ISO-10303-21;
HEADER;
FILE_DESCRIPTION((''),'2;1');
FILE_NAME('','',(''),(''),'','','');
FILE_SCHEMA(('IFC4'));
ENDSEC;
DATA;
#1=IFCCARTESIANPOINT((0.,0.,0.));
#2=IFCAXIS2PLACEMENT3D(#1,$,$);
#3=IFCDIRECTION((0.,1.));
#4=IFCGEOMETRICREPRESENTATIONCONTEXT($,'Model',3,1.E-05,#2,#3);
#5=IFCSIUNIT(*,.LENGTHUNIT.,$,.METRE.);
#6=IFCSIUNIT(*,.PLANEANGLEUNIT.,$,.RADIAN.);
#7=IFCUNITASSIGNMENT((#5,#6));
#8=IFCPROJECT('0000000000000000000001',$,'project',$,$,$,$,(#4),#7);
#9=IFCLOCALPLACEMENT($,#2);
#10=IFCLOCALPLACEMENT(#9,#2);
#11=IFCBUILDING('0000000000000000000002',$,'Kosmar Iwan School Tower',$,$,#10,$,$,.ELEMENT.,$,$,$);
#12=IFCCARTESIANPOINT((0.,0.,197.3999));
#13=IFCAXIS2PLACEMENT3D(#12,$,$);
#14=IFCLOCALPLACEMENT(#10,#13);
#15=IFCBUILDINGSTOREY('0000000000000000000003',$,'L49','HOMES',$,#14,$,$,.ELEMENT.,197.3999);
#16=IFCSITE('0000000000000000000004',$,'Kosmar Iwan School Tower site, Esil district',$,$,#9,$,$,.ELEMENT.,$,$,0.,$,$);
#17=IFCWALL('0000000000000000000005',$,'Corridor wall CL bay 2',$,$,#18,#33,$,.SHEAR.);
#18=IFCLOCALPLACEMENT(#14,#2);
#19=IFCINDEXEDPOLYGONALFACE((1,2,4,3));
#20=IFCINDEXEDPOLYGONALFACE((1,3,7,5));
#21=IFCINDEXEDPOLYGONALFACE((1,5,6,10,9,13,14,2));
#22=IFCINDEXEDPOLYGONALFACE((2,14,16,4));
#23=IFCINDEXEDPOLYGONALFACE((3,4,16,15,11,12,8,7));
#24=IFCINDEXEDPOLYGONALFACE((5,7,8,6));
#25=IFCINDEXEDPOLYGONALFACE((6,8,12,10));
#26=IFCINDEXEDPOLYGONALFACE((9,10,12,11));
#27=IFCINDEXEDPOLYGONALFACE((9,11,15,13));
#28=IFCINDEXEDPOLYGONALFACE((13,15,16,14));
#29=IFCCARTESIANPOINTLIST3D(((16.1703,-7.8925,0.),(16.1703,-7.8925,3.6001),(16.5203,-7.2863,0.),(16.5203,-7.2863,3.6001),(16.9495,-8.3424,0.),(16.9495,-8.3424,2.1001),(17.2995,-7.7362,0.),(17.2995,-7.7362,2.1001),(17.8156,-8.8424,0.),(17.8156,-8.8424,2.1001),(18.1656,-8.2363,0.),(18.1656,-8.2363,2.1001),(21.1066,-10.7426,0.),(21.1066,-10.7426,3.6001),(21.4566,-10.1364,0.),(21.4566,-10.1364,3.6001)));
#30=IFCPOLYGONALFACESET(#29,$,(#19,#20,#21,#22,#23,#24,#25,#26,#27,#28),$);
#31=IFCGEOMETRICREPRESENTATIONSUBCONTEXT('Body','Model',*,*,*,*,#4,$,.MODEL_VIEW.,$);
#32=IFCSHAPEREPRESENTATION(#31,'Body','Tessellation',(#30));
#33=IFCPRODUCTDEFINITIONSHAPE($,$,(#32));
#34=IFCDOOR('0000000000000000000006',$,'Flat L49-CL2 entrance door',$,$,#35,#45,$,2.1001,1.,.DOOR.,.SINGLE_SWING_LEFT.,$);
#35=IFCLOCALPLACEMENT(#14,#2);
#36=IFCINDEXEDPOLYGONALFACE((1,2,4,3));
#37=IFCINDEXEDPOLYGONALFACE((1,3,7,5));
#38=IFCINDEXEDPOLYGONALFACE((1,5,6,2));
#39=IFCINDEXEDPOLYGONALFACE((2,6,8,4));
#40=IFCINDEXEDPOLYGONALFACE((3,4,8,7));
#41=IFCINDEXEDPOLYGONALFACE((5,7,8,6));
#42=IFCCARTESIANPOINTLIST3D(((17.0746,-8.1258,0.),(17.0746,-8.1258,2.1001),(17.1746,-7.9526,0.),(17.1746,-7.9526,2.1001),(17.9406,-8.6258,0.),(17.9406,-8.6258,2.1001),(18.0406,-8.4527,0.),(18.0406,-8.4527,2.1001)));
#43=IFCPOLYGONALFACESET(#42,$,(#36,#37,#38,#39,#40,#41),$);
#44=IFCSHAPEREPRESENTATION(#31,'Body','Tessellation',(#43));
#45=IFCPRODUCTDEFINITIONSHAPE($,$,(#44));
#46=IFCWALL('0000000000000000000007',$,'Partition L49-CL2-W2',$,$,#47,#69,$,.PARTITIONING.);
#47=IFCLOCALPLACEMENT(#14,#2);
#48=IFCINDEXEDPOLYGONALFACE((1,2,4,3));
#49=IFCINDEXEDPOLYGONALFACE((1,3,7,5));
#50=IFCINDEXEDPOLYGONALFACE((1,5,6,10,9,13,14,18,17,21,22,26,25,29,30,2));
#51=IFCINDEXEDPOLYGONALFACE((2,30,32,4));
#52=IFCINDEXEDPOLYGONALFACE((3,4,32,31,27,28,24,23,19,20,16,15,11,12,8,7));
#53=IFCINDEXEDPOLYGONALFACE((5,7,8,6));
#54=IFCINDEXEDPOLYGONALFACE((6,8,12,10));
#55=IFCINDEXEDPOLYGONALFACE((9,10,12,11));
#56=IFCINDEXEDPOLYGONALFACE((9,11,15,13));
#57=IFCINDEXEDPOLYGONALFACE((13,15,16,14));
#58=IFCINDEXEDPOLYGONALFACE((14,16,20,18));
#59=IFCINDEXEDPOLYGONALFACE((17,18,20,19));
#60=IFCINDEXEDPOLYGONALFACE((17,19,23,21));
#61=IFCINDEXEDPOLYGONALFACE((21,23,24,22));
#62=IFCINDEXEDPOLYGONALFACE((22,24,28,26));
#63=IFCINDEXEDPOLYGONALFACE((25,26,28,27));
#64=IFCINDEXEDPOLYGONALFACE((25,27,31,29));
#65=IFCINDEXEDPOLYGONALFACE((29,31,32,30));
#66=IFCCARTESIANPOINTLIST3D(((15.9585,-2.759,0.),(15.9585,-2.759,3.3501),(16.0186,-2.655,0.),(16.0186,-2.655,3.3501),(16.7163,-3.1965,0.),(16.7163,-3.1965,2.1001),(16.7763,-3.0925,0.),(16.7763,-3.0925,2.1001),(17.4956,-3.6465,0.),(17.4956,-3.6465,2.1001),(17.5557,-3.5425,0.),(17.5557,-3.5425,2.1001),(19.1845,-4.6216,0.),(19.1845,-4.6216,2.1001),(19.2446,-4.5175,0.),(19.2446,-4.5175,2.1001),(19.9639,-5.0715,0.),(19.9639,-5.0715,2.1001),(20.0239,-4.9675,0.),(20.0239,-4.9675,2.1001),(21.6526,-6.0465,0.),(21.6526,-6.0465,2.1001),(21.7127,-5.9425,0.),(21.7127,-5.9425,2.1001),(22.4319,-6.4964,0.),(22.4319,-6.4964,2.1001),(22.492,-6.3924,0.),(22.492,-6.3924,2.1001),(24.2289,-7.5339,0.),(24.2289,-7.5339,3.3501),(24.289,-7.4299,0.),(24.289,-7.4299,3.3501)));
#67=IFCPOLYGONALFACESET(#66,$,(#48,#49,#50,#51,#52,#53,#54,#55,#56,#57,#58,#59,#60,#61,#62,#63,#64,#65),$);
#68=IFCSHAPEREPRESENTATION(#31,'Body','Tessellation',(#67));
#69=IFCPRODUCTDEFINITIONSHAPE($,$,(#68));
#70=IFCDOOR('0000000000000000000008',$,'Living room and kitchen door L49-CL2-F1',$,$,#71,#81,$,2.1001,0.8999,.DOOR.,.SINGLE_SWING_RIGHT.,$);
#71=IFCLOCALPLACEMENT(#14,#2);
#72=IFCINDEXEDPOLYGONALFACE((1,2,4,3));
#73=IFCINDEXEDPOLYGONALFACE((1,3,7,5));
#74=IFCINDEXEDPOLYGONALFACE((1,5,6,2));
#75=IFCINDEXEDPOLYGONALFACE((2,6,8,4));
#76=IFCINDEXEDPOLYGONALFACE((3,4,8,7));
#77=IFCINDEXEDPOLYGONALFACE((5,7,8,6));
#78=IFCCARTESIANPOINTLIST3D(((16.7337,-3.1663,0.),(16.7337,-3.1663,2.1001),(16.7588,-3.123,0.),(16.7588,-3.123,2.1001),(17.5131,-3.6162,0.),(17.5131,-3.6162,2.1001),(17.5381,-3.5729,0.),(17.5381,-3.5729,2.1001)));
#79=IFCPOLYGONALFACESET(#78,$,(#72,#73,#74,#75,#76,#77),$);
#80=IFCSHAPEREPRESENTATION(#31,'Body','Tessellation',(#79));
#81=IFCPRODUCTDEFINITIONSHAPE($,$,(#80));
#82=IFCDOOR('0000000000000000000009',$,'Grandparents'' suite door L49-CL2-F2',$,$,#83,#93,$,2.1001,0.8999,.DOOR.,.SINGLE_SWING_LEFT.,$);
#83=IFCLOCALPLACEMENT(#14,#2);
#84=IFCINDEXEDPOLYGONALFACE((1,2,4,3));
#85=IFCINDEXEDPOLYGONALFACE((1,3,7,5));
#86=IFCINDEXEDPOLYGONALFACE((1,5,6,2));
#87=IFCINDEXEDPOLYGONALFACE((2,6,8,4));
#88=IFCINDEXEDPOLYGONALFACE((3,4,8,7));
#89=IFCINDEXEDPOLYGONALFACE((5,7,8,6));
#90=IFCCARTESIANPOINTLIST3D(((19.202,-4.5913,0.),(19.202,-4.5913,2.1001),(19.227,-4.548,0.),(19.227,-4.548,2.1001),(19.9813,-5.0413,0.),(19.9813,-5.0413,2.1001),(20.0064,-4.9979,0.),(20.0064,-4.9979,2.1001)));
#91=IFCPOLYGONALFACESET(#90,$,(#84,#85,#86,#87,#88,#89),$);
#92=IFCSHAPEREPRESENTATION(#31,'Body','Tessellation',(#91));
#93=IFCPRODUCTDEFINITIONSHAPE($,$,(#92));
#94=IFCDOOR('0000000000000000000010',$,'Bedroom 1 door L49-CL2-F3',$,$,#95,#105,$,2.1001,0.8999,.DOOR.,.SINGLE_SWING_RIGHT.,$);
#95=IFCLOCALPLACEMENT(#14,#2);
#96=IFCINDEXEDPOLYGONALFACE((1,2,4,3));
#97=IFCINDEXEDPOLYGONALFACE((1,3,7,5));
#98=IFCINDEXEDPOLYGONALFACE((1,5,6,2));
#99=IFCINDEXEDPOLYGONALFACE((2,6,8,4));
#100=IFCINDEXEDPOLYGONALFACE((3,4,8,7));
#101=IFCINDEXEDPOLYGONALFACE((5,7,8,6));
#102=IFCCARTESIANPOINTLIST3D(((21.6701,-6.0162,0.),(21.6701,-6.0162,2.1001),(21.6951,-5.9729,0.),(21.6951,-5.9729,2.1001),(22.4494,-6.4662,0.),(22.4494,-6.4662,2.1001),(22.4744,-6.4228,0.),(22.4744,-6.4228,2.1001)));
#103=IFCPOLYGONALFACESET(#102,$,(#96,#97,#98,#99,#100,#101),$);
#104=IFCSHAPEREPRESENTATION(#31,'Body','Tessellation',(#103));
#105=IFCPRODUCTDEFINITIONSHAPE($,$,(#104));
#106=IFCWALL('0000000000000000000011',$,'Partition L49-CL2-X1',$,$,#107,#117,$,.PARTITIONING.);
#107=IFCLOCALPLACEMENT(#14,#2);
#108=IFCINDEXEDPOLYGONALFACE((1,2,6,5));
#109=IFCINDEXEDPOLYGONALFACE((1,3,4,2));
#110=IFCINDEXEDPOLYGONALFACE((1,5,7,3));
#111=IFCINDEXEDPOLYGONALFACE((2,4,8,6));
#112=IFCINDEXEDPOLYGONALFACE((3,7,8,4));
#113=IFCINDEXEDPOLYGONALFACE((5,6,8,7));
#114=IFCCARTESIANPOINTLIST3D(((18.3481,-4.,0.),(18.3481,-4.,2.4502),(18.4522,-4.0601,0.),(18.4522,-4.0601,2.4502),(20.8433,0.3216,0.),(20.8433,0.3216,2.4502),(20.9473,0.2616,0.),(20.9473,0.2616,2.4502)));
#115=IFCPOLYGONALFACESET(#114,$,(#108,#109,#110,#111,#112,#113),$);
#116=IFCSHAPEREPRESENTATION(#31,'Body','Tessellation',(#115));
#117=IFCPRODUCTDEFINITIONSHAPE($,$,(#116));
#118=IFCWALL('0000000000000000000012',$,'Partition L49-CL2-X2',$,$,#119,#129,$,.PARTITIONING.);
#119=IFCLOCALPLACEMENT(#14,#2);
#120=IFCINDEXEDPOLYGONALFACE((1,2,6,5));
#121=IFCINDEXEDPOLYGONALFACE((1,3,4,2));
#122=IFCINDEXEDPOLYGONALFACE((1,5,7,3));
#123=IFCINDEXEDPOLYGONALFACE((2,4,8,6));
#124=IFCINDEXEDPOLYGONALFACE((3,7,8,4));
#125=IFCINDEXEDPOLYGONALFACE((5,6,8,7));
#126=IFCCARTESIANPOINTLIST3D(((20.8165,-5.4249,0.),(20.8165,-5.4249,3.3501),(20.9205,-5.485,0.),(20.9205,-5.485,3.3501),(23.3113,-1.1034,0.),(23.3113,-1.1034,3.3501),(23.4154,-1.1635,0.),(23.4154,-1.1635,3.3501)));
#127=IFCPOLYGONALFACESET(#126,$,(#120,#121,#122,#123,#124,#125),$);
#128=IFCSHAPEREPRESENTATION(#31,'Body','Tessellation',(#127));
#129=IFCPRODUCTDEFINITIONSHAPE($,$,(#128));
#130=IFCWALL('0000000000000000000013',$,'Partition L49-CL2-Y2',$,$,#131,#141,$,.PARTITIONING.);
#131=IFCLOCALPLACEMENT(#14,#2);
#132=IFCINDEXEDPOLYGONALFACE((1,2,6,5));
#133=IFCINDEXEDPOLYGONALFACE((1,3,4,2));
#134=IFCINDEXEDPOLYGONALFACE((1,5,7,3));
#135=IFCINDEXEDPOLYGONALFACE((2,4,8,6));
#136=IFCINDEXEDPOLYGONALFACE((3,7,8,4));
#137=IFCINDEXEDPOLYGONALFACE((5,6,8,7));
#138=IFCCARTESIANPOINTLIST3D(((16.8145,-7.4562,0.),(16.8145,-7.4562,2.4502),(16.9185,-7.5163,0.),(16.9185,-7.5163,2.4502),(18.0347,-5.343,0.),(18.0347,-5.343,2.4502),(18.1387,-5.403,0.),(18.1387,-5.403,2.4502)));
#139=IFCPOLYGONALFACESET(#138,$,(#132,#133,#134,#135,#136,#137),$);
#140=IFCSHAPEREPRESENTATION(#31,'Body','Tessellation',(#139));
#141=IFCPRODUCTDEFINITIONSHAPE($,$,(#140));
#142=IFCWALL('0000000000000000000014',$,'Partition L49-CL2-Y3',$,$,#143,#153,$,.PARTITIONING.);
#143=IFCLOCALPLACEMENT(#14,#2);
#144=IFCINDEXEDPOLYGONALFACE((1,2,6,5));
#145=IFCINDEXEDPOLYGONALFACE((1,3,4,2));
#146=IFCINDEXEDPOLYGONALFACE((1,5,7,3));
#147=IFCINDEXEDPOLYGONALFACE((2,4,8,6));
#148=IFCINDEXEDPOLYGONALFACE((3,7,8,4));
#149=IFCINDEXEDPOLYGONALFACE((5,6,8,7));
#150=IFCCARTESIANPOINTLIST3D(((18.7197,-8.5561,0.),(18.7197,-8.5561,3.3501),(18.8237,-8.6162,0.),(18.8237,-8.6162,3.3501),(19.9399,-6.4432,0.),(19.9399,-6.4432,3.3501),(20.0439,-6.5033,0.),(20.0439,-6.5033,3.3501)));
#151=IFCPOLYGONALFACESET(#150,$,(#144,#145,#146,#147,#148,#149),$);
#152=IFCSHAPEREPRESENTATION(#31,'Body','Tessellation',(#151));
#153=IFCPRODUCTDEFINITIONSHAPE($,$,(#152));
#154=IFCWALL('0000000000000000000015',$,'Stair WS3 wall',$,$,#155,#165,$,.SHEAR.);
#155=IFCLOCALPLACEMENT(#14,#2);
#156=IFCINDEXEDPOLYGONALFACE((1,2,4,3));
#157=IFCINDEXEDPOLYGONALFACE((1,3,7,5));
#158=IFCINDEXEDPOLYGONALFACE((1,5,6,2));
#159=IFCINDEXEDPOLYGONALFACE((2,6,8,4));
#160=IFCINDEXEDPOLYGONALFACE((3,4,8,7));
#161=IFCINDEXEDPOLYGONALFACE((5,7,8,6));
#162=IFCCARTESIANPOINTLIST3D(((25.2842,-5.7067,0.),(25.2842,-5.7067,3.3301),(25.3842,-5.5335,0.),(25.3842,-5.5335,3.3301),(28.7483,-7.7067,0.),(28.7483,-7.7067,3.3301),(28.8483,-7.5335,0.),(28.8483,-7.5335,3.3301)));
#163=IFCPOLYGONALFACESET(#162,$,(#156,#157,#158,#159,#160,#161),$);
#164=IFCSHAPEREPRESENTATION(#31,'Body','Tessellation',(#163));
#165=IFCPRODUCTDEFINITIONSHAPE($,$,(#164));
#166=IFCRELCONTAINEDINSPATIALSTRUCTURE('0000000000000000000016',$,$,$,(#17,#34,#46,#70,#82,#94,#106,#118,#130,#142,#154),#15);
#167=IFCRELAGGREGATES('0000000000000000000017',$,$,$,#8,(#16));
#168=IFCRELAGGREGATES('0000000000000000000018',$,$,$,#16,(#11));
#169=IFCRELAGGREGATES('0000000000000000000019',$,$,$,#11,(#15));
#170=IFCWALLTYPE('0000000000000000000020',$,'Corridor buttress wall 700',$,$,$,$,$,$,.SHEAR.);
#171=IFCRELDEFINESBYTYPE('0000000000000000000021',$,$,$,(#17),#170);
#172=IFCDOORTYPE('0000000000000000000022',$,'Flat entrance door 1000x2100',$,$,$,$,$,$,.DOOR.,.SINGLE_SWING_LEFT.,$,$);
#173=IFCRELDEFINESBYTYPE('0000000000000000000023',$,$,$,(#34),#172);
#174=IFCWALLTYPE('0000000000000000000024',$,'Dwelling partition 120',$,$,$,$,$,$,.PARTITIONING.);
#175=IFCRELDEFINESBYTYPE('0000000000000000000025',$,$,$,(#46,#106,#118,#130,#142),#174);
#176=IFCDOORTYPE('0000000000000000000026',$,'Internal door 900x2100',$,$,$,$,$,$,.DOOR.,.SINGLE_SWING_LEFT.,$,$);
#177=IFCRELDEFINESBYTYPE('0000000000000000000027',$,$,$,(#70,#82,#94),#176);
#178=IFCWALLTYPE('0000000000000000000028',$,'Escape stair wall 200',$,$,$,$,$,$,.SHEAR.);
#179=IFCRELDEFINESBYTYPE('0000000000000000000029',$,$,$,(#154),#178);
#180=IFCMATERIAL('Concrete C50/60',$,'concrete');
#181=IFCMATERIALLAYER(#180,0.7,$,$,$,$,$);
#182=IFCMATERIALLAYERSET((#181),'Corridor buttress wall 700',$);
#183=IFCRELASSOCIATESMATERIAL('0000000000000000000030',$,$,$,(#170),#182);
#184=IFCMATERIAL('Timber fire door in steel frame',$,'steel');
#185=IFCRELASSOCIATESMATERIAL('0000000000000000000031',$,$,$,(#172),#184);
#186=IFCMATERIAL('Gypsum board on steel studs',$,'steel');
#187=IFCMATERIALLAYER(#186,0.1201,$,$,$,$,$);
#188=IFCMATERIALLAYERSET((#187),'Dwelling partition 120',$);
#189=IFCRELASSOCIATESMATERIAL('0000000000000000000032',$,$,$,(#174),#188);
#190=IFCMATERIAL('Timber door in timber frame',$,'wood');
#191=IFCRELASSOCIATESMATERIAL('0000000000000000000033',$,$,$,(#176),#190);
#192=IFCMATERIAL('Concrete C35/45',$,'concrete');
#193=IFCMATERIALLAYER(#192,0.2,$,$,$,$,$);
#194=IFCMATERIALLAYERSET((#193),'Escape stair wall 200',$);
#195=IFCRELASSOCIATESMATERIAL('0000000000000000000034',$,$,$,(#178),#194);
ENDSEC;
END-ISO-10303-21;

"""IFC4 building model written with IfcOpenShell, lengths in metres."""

from ifc_helpers import new_model, si_unit, direction, frame, frame_2d, origin, place, context, subcontext, project, spatial, rectangle, extrude, material, layer, layer_set, type_object, element, fill, save


model = new_model("IFC4")

# Units and contexts
model_context = context("Model", 3, precision=1e-05, world=origin(), true_north=direction((0.0, 1.0)))
body_context = subcontext(model_context, "Body", "Model", "MODEL_VIEW")
ifc_project = project(units=[si_unit("LENGTHUNIT", "METRE"), si_unit("PLANEANGLEUNIT", "RADIAN")], contexts=[model_context])

# Site, building, storey
site_placement = place(None, origin())
site = spatial("IfcSite", under=ifc_project, at=site_placement, Name="Kosmar Iwan School Tower site, Esil district", CompositionType="ELEMENT", RefElevation=0.0)
building_placement = place(site_placement, origin())
building = spatial("IfcBuilding", under=site, at=building_placement, Name="Kosmar Iwan School Tower", CompositionType="ELEMENT")
storey_placement = place(building_placement, frame((0.0, 0.0, 197.3999)))
storey = spatial("IfcBuildingStorey", under=building, at=storey_placement, Name="L49", Description="HOMES", CompositionType="ELEMENT", Elevation=197.3999)

# Wall, opening, door
ifc_material_1 = material(Name="Concrete C50/60", Category="concrete")
ifc_layer_1 = layer(ifc_material_1, 0.7)
ifc_layer_set_1 = layer_set([ifc_layer_1], Name="Corridor buttress wall 700")
wall_type_1 = type_object("IfcWallType", Name="Corridor buttress wall 700", PredefinedType="SHEAR", material=ifc_layer_set_1)
wall_1_placement = place(storey_placement, frame((16.3452, -7.5894, 0.0), z_axis=(0.0, 0.0, 1.0), x_axis=(0.866015, -0.500018, 0.0)))
wall_1 = element("IfcWall", 1, at=wall_1_placement, inside=storey, type_object=wall_type_1, Name="Corridor wall CL bay 2", PredefinedType="SHEAR", context=body_context, shape_type="SweptSolid", body=[
    extrude(rectangle(XDim=5.7, YDim=0.7, at=frame_2d((2.8501, 0.0))), origin(), (0.0, 0.0, 1.0), 3.6001),
])
opening_1_placement = place(wall_1_placement, frame((0.8999, 0.0, 0.0)))
opening_1 = element("IfcOpeningElement", 2, at=opening_1_placement, cuts=wall_1, PredefinedType="OPENING", context=body_context, shape_type="SweptSolid", body=[
    extrude(rectangle(XDim=1.0, YDim=2.1001, at=frame_2d((0.5, 1.05))), frame((0.0, 0.3621, 0.0), z_axis=(0.0, -1.0, 0.0), x_axis=(1.0, 0.0, 0.0)), (0.0, 0.0, 1.0), 0.7239),
])
ifc_material_2 = material(Name="Timber fire door in steel frame", Category="steel")
door_type_1 = type_object("IfcDoorType", Name="Flat entrance door 1000x2100", OperationType="SINGLE_SWING_LEFT", PredefinedType="DOOR", material=ifc_material_2)
door_1_placement = place(opening_1_placement, origin())
door_1 = element("IfcDoor", 3, at=door_1_placement, inside=storey, type_object=door_type_1, Name="Flat L49-CL2 entrance door", OperationType="SINGLE_SWING_LEFT", OverallHeight=2.1001, OverallWidth=1.0, PredefinedType="DOOR", context=body_context, shape_type="SweptSolid", body=[
    extrude(rectangle(XDim=1.0, YDim=2.1001, at=frame_2d((0.5, 1.05))), frame((0.0, 0.1001, 0.0), z_axis=(0.0, -1.0, 0.0), x_axis=(1.0, 0.0, 0.0)), (0.0, 0.0, 1.0), 0.2),
])
fill(opening_1, door_1)

# Wall, openings, doors
ifc_material_3 = material(Name="Gypsum board on steel studs", Category="steel")
ifc_layer_2 = layer(ifc_material_3, 0.1201)
ifc_layer_set_2 = layer_set([ifc_layer_2], Name="Dwelling partition 120")
wall_type_2 = type_object("IfcWallType", Name="Dwelling partition 120", PredefinedType="PARTITIONING", material=ifc_layer_set_2)
wall_2_placement = place(storey_placement, frame((15.9885, -2.707, 0.0), z_axis=(0.0, 0.0, 1.0), x_axis=(0.866029, -0.499994, 0.0)))
wall_2 = element("IfcWall", 4, at=wall_2_placement, inside=storey, type_object=wall_type_2, Name="Partition L49-CL2-W2", PredefinedType="PARTITIONING", context=body_context, shape_type="SweptSolid", body=[
    extrude(rectangle(XDim=9.5498, YDim=0.1201, at=frame_2d((4.7749, 0.0))), origin(), (0.0, 0.0, 1.0), 3.3501),
])
opening_2_placement = place(wall_2_placement, frame((0.875, 0.0, 0.0)))
opening_2 = element("IfcOpeningElement", 5, at=opening_2_placement, cuts=wall_2, PredefinedType="OPENING", context=body_context, shape_type="SweptSolid", body=[
    extrude(rectangle(XDim=0.8999, YDim=2.1001, at=frame_2d((0.45, 1.05))), frame((0.0, 0.072, 0.0), z_axis=(0.0, -1.0, 0.0), x_axis=(1.0, 0.0, 0.0)), (0.0, 0.0, 1.0), 0.144),
])
opening_3_placement = place(wall_2_placement, frame((3.7251, 0.0, 0.0)))
opening_3 = element("IfcOpeningElement", 6, at=opening_3_placement, cuts=wall_2, PredefinedType="OPENING", context=body_context, shape_type="SweptSolid", body=[
    extrude(rectangle(XDim=0.8999, YDim=2.1001, at=frame_2d((0.45, 1.05))), frame((0.0, 0.072, 0.0), z_axis=(0.0, -1.0, 0.0), x_axis=(1.0, 0.0, 0.0)), (0.0, 0.0, 1.0), 0.144),
])
opening_4_placement = place(wall_2_placement, frame((6.575, 0.0, 0.0)))
opening_4 = element("IfcOpeningElement", 7, at=opening_4_placement, cuts=wall_2, PredefinedType="OPENING", context=body_context, shape_type="SweptSolid", body=[
    extrude(rectangle(XDim=0.8999, YDim=2.1001, at=frame_2d((0.45, 1.05))), frame((0.0, 0.072, 0.0), z_axis=(0.0, -1.0, 0.0), x_axis=(1.0, 0.0, 0.0)), (0.0, 0.0, 1.0), 0.144),
])
ifc_material_4 = material(Name="Timber door in timber frame", Category="wood")
door_type_2 = type_object("IfcDoorType", Name="Internal door 900x2100", OperationType="SINGLE_SWING_LEFT", PredefinedType="DOOR", material=ifc_material_4)
door_2_placement = place(opening_2_placement, origin())
door_2 = element("IfcDoor", 8, at=door_2_placement, inside=storey, type_object=door_type_2, Name="Living room and kitchen door L49-CL2-F1", OperationType="SINGLE_SWING_RIGHT", OverallHeight=2.1001, OverallWidth=0.8999, PredefinedType="DOOR", context=body_context, shape_type="SweptSolid", body=[
    extrude(rectangle(XDim=0.8999, YDim=2.1001, at=frame_2d((0.45, 1.05))), frame((0.0, 0.0249, 0.0), z_axis=(0.0, -1.0, 0.0), x_axis=(1.0, 0.0, 0.0)), (0.0, 0.0, 1.0), 0.05),
])
fill(opening_2, door_2)
door_3_placement = place(opening_3_placement, origin())
door_3 = element("IfcDoor", 9, at=door_3_placement, inside=storey, type_object=door_type_2, Name="Grandparents' suite door L49-CL2-F2", OperationType="SINGLE_SWING_LEFT", OverallHeight=2.1001, OverallWidth=0.8999, PredefinedType="DOOR", context=body_context, shape_type="SweptSolid", body=[
    extrude(rectangle(XDim=0.8999, YDim=2.1001, at=frame_2d((0.45, 1.05))), frame((0.0, 0.0249, 0.0), z_axis=(0.0, -1.0, 0.0), x_axis=(1.0, 0.0, 0.0)), (0.0, 0.0, 1.0), 0.05),
])
fill(opening_3, door_3)
door_4_placement = place(opening_4_placement, origin())
door_4 = element("IfcDoor", 10, at=door_4_placement, inside=storey, type_object=door_type_2, Name="Bedroom 1 door L49-CL2-F3", OperationType="SINGLE_SWING_RIGHT", OverallHeight=2.1001, OverallWidth=0.8999, PredefinedType="DOOR", context=body_context, shape_type="SweptSolid", body=[
    extrude(rectangle(XDim=0.8999, YDim=2.1001, at=frame_2d((0.45, 1.05))), frame((0.0, 0.0249, 0.0), z_axis=(0.0, -1.0, 0.0), x_axis=(1.0, 0.0, 0.0)), (0.0, 0.0, 1.0), 0.05),
])
fill(opening_4, door_4)

# Walls
wall_3_placement = place(storey_placement, frame((18.4001, -4.03, 0.0), z_axis=(0.0, 0.0, 1.0), x_axis=(0.500012, 0.866019, 0.0)))
element("IfcWall", 11, at=wall_3_placement, inside=storey, type_object=wall_type_2, Name="Partition L49-CL2-X1", PredefinedType="PARTITIONING", context=body_context, shape_type="SweptSolid", body=[
    extrude(rectangle(XDim=4.9902, YDim=0.1201, at=frame_2d((2.4951, 0.0))), origin(), (0.0, 0.0, 1.0), 2.4502),
])
wall_4_placement = place(storey_placement, frame((20.8684, -5.4551, 0.0), z_axis=(0.0, 0.0, 1.0), x_axis=(0.499975, 0.86604, 0.0)))
element("IfcWall", 12, at=wall_4_placement, inside=storey, type_object=wall_type_2, Name="Partition L49-CL2-X2", PredefinedType="PARTITIONING", context=body_context, shape_type="SweptSolid", body=[
    extrude(rectangle(XDim=4.99, YDim=0.1201, at=frame_2d((2.4951, 0.0))), origin(), (0.0, 0.0, 1.0), 3.3501),
])
wall_5_placement = place(storey_placement, frame((16.8665, -7.4863, 0.0), z_axis=(0.0, 0.0, 1.0), x_axis=(0.500034, 0.866006, 0.0)))
element("IfcWall", 13, at=wall_5_placement, inside=storey, type_object=wall_type_2, Name="Partition L49-CL2-Y2", PredefinedType="PARTITIONING", context=body_context, shape_type="SweptSolid", body=[
    extrude(rectangle(XDim=2.4402, YDim=0.1201, at=frame_2d((1.2202, 0.0))), origin(), (0.0, 0.0, 1.0), 2.4502),
])
wall_6_placement = place(storey_placement, frame((18.7717, -8.5862, 0.0), z_axis=(0.0, 0.0, 1.0), x_axis=(0.500078, 0.865981, 0.0)))
element("IfcWall", 14, at=wall_6_placement, inside=storey, type_object=wall_type_2, Name="Partition L49-CL2-Y3", PredefinedType="PARTITIONING", context=body_context, shape_type="SweptSolid", body=[
    extrude(rectangle(XDim=2.4399, YDim=0.1201, at=frame_2d((1.22, 0.0))), origin(), (0.0, 0.0, 1.0), 3.3501),
])
ifc_material_5 = material(Name="Concrete C35/45", Category="concrete")
ifc_layer_3 = layer(ifc_material_5, 0.2)
ifc_layer_set_3 = layer_set([ifc_layer_3], Name="Escape stair wall 200")
wall_type_3 = type_object("IfcWallType", Name="Escape stair wall 200", PredefinedType="SHEAR", material=ifc_layer_set_3)
wall_7_placement = place(storey_placement, frame((25.3342, -5.6201, 0.0), z_axis=(0.0, 0.0, 1.0), x_axis=(0.866026, -0.499999, 0.0)))
element("IfcWall", 15, at=wall_7_placement, inside=storey, type_object=wall_type_3, Name="Stair WS3 wall", PredefinedType="SHEAR", context=body_context, shape_type="SweptSolid", body=[
    extrude(rectangle(XDim=4.0, YDim=0.2, at=frame_2d((2.0, 0.0))), origin(), (0.0, 0.0, 1.0), 3.3301),
])

save(model, "model.ifc")
